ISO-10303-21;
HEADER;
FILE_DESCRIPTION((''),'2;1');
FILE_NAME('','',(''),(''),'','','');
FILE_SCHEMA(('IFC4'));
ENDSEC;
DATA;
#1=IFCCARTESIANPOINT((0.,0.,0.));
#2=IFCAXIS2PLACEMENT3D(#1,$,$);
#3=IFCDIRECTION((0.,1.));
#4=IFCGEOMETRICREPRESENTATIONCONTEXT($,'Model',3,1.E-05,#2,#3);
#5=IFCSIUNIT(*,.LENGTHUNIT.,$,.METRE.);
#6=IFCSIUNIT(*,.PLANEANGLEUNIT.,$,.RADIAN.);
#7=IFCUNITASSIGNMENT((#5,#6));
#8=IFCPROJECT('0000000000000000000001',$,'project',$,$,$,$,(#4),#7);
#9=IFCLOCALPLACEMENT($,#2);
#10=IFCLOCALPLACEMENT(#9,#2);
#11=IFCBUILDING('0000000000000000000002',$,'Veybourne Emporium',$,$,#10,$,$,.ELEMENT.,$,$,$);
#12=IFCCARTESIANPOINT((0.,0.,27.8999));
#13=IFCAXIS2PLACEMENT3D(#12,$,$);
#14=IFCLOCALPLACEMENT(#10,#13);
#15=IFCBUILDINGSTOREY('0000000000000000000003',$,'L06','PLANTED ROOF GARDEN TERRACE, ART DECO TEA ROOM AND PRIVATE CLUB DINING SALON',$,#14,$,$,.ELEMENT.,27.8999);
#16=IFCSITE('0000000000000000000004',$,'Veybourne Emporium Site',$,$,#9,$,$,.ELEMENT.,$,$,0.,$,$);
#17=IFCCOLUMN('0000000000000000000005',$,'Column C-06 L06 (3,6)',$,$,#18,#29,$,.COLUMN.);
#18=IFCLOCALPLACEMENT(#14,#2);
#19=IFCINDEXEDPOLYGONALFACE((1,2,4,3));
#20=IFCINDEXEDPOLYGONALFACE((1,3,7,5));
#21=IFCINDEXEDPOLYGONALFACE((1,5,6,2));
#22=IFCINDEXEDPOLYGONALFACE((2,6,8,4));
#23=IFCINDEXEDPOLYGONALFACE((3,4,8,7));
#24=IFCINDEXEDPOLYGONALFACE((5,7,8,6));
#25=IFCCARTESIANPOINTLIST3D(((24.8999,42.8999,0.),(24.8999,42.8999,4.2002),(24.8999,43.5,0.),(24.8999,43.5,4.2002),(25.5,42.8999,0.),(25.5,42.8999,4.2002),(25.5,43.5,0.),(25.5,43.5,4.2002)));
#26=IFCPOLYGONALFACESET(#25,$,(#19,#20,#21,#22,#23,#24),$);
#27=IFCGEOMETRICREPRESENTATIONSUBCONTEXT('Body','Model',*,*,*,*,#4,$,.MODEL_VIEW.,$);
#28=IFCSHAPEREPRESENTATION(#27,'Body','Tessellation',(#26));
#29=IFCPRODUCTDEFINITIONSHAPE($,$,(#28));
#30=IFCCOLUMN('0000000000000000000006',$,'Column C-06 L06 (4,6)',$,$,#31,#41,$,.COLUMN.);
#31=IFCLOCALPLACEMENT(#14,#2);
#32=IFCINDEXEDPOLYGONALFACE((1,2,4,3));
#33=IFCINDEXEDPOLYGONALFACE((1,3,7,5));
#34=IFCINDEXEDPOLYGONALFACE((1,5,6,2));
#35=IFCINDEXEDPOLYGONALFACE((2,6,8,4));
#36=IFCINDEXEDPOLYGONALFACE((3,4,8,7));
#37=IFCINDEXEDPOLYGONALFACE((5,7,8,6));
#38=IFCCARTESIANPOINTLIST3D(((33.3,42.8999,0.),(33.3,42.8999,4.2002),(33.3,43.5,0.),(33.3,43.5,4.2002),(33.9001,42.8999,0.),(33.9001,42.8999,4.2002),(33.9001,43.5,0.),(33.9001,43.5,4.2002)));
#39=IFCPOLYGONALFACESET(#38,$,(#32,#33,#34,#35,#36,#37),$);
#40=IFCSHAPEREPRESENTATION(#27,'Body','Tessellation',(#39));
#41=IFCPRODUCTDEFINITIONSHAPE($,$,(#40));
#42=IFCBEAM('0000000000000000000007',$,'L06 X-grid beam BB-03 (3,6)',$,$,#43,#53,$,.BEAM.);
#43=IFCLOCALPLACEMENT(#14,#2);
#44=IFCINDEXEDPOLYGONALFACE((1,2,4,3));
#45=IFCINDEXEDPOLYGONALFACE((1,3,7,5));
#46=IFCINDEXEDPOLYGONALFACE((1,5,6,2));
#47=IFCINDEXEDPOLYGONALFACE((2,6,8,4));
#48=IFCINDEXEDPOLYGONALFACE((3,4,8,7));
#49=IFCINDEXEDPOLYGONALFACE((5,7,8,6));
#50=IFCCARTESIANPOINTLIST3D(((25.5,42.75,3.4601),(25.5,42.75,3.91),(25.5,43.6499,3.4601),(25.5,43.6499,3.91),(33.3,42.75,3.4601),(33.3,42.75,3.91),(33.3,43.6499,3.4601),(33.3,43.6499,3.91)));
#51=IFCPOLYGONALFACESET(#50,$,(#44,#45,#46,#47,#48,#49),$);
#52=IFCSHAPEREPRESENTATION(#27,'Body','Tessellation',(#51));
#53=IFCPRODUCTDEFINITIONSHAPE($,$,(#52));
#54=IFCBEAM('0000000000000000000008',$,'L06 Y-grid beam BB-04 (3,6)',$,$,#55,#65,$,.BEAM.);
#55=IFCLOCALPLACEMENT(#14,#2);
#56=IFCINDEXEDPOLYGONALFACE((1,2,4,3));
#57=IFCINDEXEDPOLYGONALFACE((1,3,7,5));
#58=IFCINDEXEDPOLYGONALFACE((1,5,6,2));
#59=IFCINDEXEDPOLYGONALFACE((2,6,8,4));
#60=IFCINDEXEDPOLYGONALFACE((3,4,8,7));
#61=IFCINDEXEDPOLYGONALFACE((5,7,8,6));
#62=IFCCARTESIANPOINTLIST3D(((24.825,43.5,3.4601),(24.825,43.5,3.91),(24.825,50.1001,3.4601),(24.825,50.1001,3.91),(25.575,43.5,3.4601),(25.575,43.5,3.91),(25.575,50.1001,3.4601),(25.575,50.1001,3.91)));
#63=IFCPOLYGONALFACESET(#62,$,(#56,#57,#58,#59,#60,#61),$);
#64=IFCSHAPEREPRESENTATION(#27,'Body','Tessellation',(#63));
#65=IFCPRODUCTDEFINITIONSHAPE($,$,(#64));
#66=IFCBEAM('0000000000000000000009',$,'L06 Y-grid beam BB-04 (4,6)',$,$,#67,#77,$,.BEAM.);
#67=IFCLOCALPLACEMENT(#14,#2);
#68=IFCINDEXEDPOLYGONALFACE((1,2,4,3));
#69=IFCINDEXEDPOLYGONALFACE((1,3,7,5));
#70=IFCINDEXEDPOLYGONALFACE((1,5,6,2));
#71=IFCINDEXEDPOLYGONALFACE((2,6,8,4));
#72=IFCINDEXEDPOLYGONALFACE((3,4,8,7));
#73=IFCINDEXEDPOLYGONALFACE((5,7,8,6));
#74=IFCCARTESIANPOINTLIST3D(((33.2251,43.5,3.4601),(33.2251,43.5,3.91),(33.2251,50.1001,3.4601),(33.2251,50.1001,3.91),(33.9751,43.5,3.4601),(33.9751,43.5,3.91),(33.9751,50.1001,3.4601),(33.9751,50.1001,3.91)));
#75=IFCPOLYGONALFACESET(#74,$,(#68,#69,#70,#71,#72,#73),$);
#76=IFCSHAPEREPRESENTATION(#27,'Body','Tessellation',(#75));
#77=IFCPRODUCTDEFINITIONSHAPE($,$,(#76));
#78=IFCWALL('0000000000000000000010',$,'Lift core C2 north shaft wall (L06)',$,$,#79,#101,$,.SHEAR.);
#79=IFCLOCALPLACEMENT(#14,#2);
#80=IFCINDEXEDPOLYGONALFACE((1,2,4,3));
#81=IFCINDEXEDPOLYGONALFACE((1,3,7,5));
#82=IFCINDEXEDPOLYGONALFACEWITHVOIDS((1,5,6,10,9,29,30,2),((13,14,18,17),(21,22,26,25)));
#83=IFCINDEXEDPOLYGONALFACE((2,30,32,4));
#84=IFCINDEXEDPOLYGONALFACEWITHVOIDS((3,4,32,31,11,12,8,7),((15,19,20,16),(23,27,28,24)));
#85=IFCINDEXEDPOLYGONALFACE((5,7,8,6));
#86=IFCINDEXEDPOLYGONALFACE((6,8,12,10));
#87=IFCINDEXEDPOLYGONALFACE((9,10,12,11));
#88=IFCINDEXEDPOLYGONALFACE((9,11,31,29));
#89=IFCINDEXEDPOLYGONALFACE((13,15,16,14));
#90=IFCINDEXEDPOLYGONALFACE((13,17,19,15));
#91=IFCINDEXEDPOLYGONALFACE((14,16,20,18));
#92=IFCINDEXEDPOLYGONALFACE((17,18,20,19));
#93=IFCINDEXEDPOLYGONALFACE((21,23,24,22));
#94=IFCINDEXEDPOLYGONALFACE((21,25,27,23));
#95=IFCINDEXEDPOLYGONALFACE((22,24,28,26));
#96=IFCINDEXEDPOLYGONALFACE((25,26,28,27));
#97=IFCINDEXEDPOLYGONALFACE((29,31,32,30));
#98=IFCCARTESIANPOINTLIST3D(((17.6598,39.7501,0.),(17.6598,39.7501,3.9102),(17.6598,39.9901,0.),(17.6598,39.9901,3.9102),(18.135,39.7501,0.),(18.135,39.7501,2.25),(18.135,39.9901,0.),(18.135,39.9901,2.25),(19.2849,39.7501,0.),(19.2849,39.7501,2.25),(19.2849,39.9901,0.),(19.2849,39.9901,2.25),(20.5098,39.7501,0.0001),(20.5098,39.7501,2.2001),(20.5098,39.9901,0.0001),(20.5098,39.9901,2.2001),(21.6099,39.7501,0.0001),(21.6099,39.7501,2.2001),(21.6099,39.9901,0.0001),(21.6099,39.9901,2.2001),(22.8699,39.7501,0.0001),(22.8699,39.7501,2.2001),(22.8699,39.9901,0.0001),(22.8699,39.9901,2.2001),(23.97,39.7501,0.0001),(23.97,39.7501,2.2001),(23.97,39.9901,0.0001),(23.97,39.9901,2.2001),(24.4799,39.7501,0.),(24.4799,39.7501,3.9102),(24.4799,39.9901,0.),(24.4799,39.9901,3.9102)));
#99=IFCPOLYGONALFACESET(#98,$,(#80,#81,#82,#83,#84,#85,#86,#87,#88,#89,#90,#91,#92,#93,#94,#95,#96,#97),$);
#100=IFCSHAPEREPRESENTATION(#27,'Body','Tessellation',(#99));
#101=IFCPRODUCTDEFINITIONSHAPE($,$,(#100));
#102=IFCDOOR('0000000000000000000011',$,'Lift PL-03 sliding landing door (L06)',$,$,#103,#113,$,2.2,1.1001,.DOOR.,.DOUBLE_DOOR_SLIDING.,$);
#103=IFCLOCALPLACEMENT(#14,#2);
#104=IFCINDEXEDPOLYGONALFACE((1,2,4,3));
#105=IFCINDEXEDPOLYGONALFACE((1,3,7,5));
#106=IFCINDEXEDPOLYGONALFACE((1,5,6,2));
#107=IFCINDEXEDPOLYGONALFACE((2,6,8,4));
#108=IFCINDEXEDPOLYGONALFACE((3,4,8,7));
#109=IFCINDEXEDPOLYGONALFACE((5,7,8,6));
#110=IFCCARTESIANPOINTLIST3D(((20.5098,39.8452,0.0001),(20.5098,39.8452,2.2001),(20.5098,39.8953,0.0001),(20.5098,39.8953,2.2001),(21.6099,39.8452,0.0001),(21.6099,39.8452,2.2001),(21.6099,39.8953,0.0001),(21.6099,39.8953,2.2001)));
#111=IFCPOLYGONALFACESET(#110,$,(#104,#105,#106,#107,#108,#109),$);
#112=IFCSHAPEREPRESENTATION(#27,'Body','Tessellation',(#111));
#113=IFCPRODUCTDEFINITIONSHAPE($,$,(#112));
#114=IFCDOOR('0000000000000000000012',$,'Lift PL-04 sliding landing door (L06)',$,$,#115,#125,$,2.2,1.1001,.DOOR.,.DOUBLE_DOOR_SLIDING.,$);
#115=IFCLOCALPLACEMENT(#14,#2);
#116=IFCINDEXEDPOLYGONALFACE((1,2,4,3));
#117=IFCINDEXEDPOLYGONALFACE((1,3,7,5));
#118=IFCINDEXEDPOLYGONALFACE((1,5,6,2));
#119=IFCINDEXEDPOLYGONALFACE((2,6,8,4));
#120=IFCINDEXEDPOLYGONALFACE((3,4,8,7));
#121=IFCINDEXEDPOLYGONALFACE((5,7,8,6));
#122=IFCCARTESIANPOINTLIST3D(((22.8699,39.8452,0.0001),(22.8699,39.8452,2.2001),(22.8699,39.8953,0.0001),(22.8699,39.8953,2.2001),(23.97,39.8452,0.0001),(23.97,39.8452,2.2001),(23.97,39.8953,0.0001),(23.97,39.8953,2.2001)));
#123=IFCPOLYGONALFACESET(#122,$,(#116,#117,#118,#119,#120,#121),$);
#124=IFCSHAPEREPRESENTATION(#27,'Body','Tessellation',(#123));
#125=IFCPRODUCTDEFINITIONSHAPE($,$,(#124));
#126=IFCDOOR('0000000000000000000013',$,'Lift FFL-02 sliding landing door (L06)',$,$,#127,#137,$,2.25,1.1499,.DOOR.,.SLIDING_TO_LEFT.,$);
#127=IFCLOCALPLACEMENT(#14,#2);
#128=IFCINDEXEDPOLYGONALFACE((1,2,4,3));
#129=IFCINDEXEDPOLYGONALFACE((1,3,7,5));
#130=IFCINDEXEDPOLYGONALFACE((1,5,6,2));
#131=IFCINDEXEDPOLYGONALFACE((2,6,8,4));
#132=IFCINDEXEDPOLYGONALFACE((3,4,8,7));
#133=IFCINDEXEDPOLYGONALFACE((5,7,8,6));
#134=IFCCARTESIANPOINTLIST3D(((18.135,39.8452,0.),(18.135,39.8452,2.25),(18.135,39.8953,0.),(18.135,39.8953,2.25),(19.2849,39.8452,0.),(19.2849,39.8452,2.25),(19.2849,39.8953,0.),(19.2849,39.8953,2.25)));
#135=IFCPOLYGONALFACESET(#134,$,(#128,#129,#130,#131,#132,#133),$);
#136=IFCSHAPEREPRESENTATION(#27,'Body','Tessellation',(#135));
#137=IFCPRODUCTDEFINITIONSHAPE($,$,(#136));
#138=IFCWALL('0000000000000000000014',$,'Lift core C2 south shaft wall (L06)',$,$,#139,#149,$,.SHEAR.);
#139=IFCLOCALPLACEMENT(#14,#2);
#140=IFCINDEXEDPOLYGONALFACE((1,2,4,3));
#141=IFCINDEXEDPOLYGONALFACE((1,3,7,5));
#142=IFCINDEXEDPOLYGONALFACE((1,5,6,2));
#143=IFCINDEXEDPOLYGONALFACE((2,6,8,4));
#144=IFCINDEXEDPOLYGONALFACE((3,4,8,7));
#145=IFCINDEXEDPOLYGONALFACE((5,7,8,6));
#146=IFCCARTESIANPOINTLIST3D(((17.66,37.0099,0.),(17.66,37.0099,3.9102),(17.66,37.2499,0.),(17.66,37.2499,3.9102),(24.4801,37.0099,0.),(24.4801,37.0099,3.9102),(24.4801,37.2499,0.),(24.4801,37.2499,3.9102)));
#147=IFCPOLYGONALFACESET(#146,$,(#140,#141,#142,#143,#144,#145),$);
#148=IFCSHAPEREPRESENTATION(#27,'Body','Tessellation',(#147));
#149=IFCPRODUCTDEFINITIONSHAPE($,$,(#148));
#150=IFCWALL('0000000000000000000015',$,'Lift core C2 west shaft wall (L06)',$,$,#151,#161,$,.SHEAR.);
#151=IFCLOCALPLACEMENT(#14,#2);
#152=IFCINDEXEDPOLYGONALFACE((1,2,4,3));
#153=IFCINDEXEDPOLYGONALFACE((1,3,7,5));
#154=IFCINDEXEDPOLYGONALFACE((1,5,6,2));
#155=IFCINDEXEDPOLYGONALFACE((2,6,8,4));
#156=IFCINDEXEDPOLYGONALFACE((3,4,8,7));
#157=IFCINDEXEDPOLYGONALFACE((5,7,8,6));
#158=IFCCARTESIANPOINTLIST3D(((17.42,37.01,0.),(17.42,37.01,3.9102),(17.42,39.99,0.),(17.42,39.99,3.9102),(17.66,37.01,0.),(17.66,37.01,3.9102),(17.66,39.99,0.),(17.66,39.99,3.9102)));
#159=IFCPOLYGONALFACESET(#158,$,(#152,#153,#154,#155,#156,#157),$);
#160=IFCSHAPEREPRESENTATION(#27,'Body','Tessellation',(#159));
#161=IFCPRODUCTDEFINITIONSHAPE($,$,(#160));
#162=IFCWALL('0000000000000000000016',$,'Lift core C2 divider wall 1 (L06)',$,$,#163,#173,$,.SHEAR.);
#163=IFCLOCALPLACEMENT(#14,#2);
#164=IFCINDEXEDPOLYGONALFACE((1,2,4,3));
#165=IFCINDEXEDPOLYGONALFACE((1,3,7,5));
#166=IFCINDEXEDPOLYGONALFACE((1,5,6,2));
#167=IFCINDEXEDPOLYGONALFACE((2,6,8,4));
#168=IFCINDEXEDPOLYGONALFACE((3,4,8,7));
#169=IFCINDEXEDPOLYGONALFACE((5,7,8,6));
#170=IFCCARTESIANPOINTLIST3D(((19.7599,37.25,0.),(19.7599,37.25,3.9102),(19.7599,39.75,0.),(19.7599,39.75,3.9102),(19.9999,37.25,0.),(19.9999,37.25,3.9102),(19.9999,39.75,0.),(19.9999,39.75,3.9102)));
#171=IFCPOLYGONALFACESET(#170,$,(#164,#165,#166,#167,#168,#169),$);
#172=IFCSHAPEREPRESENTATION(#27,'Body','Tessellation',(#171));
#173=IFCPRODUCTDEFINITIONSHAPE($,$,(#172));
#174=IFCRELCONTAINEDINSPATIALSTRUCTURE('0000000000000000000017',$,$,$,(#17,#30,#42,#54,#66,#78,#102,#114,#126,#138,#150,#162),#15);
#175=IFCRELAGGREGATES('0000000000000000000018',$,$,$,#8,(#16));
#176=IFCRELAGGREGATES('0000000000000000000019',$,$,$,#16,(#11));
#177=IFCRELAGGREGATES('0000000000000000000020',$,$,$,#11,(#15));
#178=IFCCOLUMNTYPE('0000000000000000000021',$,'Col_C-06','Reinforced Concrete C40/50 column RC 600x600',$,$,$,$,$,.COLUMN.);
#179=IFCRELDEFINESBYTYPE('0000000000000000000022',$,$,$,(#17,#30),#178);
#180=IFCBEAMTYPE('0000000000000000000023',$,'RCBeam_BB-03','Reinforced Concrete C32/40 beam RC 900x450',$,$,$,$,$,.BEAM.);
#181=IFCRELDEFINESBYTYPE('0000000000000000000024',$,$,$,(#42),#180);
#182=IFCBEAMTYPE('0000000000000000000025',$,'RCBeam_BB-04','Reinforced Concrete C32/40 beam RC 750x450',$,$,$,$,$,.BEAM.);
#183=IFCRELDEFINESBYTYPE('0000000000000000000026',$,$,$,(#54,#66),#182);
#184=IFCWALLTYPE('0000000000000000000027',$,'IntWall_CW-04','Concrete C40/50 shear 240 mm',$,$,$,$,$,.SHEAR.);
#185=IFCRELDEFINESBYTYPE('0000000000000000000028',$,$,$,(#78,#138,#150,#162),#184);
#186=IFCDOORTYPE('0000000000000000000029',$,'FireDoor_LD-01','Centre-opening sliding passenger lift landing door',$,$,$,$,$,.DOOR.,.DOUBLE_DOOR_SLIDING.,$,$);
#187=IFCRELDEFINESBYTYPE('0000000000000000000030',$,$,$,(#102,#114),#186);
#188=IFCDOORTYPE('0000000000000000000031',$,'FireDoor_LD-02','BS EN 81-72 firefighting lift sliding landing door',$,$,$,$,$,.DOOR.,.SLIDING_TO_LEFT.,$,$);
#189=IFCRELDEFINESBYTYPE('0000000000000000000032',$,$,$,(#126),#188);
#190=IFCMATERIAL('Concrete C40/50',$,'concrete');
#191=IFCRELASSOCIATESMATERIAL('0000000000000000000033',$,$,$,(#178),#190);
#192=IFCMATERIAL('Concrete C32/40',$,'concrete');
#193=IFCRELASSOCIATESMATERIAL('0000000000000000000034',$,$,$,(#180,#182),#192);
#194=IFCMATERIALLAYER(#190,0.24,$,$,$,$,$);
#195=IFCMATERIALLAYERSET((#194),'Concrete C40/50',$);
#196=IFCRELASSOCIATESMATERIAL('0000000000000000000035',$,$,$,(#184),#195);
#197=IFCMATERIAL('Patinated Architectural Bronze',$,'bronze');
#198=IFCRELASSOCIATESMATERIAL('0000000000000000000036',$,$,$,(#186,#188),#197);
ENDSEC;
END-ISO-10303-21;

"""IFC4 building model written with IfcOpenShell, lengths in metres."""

from ifc_helpers import new_model, si_unit, direction, frame, frame_2d, origin, origin_2d, place, context, subcontext, project, spatial, rectangle, extrude, material, layer, layer_set, material_profile, profile_set, type_object, element, fill, save


model = new_model("IFC4")

# Units and contexts
model_context = context("Model", 3, precision=1e-05, world=origin(), true_north=direction((0.0, 1.0)))
body_context = subcontext(model_context, "Body", "Model", "MODEL_VIEW")
ifc_project = project(units=[si_unit("LENGTHUNIT", "METRE"), si_unit("PLANEANGLEUNIT", "RADIAN")], contexts=[model_context])

# Site, building, storey
site_placement = place(None, origin())
site = spatial("IfcSite", under=ifc_project, at=site_placement, Name="Veybourne Emporium Site", CompositionType="ELEMENT", RefElevation=0.0)
building_placement = place(site_placement, origin())
building = spatial("IfcBuilding", under=site, at=building_placement, Name="Veybourne Emporium", CompositionType="ELEMENT")
storey_placement = place(building_placement, frame((0.0, 0.0, 27.8999)))
storey = spatial("IfcBuildingStorey", under=building, at=storey_placement, Name="L06", Description="PLANTED ROOF GARDEN TERRACE, ART DECO TEA ROOM AND PRIVATE CLUB DINING SALON", CompositionType="ELEMENT", Elevation=27.8999)

# Columns
ifc_material_1 = material(Name="Concrete C40/50", Category="concrete")
ifc_material_profile_1 = material_profile(ifc_material_1, rectangle(XDim=0.6001, YDim=0.6001, at=origin_2d()), Name="RC 600x600")
ifc_profile_set_1 = profile_set([ifc_material_profile_1], Name="Concrete C40/50")
column_type = type_object("IfcColumnType", Name="Col_C-06", Description="Reinforced Concrete C40/50 column RC 600x600", PredefinedType="COLUMN", material=ifc_profile_set_1)
for number, where, z_axis, x_axis, name in (
    (1, (25.2, 43.2, 0.0), (0.0, 0.0, 1.0), (1.0, 0.0, 0.0), "Column C-06 L06 (3,6)"),
    (2, (33.6001, 43.2, 0.0), (0.0, 0.0, 1.0), (1.0, 0.0, 0.0), "Column C-06 L06 (4,6)"),
):
    element("IfcColumn", number, at=place(storey_placement, frame(where, z_axis=z_axis, x_axis=x_axis)), inside=storey, type_object=column_type, Name=name, PredefinedType="COLUMN", context=body_context, shape_type="SweptSolid", body=[
        extrude(rectangle(XDim=0.6001, YDim=0.6001, at=origin_2d()), origin(), (0.0, 0.0, 1.0), 4.2002),
    ])

# Beams
ifc_material_2 = material(Name="Concrete C32/40", Category="concrete")
ifc_material_profile_2 = material_profile(ifc_material_2, rectangle(XDim=0.8999, YDim=0.45, at=origin_2d()), Name="RC 900x450")
ifc_profile_set_2 = profile_set([ifc_material_profile_2], Name="Concrete C32/40")
beam_type_1 = type_object("IfcBeamType", Name="RCBeam_BB-03", Description="Reinforced Concrete C32/40 beam RC 900x450", PredefinedType="BEAM", material=ifc_profile_set_2)
beam_placement = place(storey_placement, frame((25.5, 43.2, 3.6851), z_axis=(1.0, 0.0, 0.0), x_axis=(0.0, 1.0, 0.0)))
element("IfcBeam", 3, at=beam_placement, inside=storey, type_object=beam_type_1, Name="L06 X-grid beam BB-03 (3,6)", PredefinedType="BEAM", context=body_context, shape_type="SweptSolid", body=[
    extrude(rectangle(XDim=0.8999, YDim=0.45, at=origin_2d()), origin(), (0.0, 0.0, 1.0), 7.8),
])
ifc_material_profile_3 = material_profile(ifc_material_2, rectangle(XDim=0.75, YDim=0.45, at=origin_2d()), Name="RC 750x450")
ifc_profile_set_3 = profile_set([ifc_material_profile_3], Name="Concrete C32/40")
beam_type_2 = type_object("IfcBeamType", Name="RCBeam_BB-04", Description="Reinforced Concrete C32/40 beam RC 750x450", PredefinedType="BEAM", material=ifc_profile_set_3)
for number, where, z_axis, x_axis, name in (
    (4, (25.2, 43.5, 3.6851), (0.0, 1.0, 0.0), (-1.0, 0.0, 0.0), "L06 Y-grid beam BB-04 (3,6)"),
    (5, (33.6001, 43.5, 3.6851), (0.0, 1.0, 0.0), (-1.0, 0.0, 0.0), "L06 Y-grid beam BB-04 (4,6)"),
):
    element("IfcBeam", number, at=place(storey_placement, frame(where, z_axis=z_axis, x_axis=x_axis)), inside=storey, type_object=beam_type_2, Name=name, PredefinedType="BEAM", context=body_context, shape_type="SweptSolid", body=[
        extrude(rectangle(XDim=0.75, YDim=0.45, at=origin_2d()), origin(), (0.0, 0.0, 1.0), 6.6001),
    ])

# Wall, openings, doors
ifc_layer_1 = layer(ifc_material_1, 0.24)
ifc_layer_set_1 = layer_set([ifc_layer_1], Name="Concrete C40/50")
wall_type_1 = type_object("IfcWallType", Name="IntWall_CW-04", Description="Concrete C40/50 shear 240 mm", PredefinedType="SHEAR", material=ifc_layer_set_1)
wall_1_placement = place(storey_placement, frame((24.48, 39.8701, 0.0), z_axis=(0.0, 0.0, 1.0), x_axis=(-1.0, 0.0, 0.0)))
wall_1 = element("IfcWall", 6, at=wall_1_placement, inside=storey, type_object=wall_type_1, Name="Lift core C2 north shaft wall (L06)", PredefinedType="SHEAR", context=body_context, shape_type="SweptSolid", body=[
    extrude(rectangle(XDim=6.8201, YDim=0.24, at=frame_2d((3.4102, 0.0))), origin(), (0.0, 0.0, 1.0), 3.9102),
])
opening_1_placement = place(wall_1_placement, frame((5.1951, 0.0, 0.0)))
opening_1 = element("IfcOpeningElement", 7, at=opening_1_placement, cuts=wall_1, PredefinedType="OPENING", context=body_context, shape_type="SweptSolid", body=[
    extrude(rectangle(XDim=1.1499, YDim=2.25, at=frame_2d((0.575, 1.125))), frame((0.0, 0.1401, 0.0), z_axis=(0.0, -1.0, 0.0), x_axis=(1.0, 0.0, 0.0)), (0.0, 0.0, 1.0), 0.28),
])
opening_2_placement = place(wall_1_placement, frame((2.8701, 0.0, 0.0)))
opening_2 = element("IfcOpeningElement", 8, at=opening_2_placement, cuts=wall_1, PredefinedType="OPENING", context=body_context, shape_type="SweptSolid", body=[
    extrude(rectangle(XDim=1.1001, YDim=2.2, at=frame_2d((0.55, 1.1001))), frame((0.0, 0.1401, 0.0), z_axis=(0.0, -1.0, 0.0), x_axis=(1.0, 0.0, 0.0)), (0.0, 0.0, 1.0), 0.28),
])
opening_3_placement = place(wall_1_placement, frame((0.51, 0.0, 0.0)))
opening_3 = element("IfcOpeningElement", 9, at=opening_3_placement, cuts=wall_1, PredefinedType="OPENING", context=body_context, shape_type="SweptSolid", body=[
    extrude(rectangle(XDim=1.1001, YDim=2.2, at=frame_2d((0.55, 1.1001))), frame((0.0, 0.1401, 0.0), z_axis=(0.0, -1.0, 0.0), x_axis=(1.0, 0.0, 0.0)), (0.0, 0.0, 1.0), 0.28),
])
ifc_material_3 = material(Name="Patinated Architectural Bronze", Category="bronze")
door_type_1 = type_object("IfcDoorType", Name="FireDoor_LD-01", Description="Centre-opening sliding passenger lift landing door", OperationType="DOUBLE_DOOR_SLIDING", PredefinedType="DOOR", material=ifc_material_3)
door_1_placement = place(opening_2_placement, origin())
door_1 = element("IfcDoor", 10, at=door_1_placement, inside=storey, type_object=door_type_1, Name="Lift PL-03 sliding landing door (L06)", OperationType="DOUBLE_DOOR_SLIDING", OverallHeight=2.2, OverallWidth=1.1001, PredefinedType="DOOR", context=body_context, shape_type="SweptSolid", body=[
    extrude(rectangle(XDim=1.1001, YDim=2.2, at=frame_2d((0.55, 1.1001))), frame((0.0, 0.0249, 0.0), z_axis=(0.0, -1.0, 0.0), x_axis=(1.0, 0.0, 0.0)), (0.0, 0.0, 1.0), 0.05),
])
fill(opening_2, door_1)
door_2_placement = place(opening_3_placement, origin())
door_2 = element("IfcDoor", 11, at=door_2_placement, inside=storey, type_object=door_type_1, Name="Lift PL-04 sliding landing door (L06)", OperationType="DOUBLE_DOOR_SLIDING", OverallHeight=2.2, OverallWidth=1.1001, PredefinedType="DOOR", context=body_context, shape_type="SweptSolid", body=[
    extrude(rectangle(XDim=1.1001, YDim=2.2, at=frame_2d((0.55, 1.1001))), frame((0.0, 0.0249, 0.0), z_axis=(0.0, -1.0, 0.0), x_axis=(1.0, 0.0, 0.0)), (0.0, 0.0, 1.0), 0.05),
])
fill(opening_3, door_2)
door_type_2 = type_object("IfcDoorType", Name="FireDoor_LD-02", Description="BS EN 81-72 firefighting lift sliding landing door", OperationType="SLIDING_TO_LEFT", PredefinedType="DOOR", material=ifc_material_3)
door_3_placement = place(opening_1_placement, origin())
door_3 = element("IfcDoor", 12, at=door_3_placement, inside=storey, type_object=door_type_2, Name="Lift FFL-02 sliding landing door (L06)", OperationType="SLIDING_TO_LEFT", OverallHeight=2.25, OverallWidth=1.1499, PredefinedType="DOOR", context=body_context, shape_type="SweptSolid", body=[
    extrude(rectangle(XDim=1.1499, YDim=2.25, at=frame_2d((0.575, 1.125))), frame((0.0, 0.0249, 0.0), z_axis=(0.0, -1.0, 0.0), x_axis=(1.0, 0.0, 0.0)), (0.0, 0.0, 1.0), 0.05),
])
fill(opening_1, door_3)

# Walls
wall_2_placement = place(storey_placement, frame((17.6599, 37.1299, 0.0), z_axis=(0.0, 0.0, 1.0), x_axis=(1.0, 0.0, 0.0)))
element("IfcWall", 13, at=wall_2_placement, inside=storey, type_object=wall_type_1, Name="Lift core C2 south shaft wall (L06)", PredefinedType="SHEAR", context=body_context, shape_type="SweptSolid", body=[
    extrude(rectangle(XDim=6.8201, YDim=0.24, at=frame_2d((3.4102, 0.0))), origin(), (0.0, 0.0, 1.0), 3.9102),
])
wall_3_placement = place(storey_placement, frame((17.54, 39.99, 0.0), z_axis=(0.0, 0.0, 1.0), x_axis=(0.0, -1.0, 0.0)))
element("IfcWall", 14, at=wall_3_placement, inside=storey, type_object=wall_type_1, Name="Lift core C2 west shaft wall (L06)", PredefinedType="SHEAR", context=body_context, shape_type="SweptSolid", body=[
    extrude(rectangle(XDim=2.98, YDim=0.24, at=frame_2d((1.49, 0.0))), origin(), (0.0, 0.0, 1.0), 3.9102),
])
for number, where, z_axis, x_axis, name in (
    (15, (19.8799, 37.25, 0.0), (0.0, 0.0, 1.0), (0.0, 1.0, 0.0), "Lift core C2 divider wall 1 (L06)"),
):
    element("IfcWall", number, at=place(storey_placement, frame(where, z_axis=z_axis, x_axis=x_axis)), inside=storey, type_object=wall_type_1, Name=name, PredefinedType="SHEAR", context=body_context, shape_type="SweptSolid", body=[
        extrude(rectangle(XDim=2.5, YDim=0.24, at=frame_2d((1.25, 0.0))), origin(), (0.0, 0.0, 1.0), 3.9102),
    ])

save(model, "model.ifc")
